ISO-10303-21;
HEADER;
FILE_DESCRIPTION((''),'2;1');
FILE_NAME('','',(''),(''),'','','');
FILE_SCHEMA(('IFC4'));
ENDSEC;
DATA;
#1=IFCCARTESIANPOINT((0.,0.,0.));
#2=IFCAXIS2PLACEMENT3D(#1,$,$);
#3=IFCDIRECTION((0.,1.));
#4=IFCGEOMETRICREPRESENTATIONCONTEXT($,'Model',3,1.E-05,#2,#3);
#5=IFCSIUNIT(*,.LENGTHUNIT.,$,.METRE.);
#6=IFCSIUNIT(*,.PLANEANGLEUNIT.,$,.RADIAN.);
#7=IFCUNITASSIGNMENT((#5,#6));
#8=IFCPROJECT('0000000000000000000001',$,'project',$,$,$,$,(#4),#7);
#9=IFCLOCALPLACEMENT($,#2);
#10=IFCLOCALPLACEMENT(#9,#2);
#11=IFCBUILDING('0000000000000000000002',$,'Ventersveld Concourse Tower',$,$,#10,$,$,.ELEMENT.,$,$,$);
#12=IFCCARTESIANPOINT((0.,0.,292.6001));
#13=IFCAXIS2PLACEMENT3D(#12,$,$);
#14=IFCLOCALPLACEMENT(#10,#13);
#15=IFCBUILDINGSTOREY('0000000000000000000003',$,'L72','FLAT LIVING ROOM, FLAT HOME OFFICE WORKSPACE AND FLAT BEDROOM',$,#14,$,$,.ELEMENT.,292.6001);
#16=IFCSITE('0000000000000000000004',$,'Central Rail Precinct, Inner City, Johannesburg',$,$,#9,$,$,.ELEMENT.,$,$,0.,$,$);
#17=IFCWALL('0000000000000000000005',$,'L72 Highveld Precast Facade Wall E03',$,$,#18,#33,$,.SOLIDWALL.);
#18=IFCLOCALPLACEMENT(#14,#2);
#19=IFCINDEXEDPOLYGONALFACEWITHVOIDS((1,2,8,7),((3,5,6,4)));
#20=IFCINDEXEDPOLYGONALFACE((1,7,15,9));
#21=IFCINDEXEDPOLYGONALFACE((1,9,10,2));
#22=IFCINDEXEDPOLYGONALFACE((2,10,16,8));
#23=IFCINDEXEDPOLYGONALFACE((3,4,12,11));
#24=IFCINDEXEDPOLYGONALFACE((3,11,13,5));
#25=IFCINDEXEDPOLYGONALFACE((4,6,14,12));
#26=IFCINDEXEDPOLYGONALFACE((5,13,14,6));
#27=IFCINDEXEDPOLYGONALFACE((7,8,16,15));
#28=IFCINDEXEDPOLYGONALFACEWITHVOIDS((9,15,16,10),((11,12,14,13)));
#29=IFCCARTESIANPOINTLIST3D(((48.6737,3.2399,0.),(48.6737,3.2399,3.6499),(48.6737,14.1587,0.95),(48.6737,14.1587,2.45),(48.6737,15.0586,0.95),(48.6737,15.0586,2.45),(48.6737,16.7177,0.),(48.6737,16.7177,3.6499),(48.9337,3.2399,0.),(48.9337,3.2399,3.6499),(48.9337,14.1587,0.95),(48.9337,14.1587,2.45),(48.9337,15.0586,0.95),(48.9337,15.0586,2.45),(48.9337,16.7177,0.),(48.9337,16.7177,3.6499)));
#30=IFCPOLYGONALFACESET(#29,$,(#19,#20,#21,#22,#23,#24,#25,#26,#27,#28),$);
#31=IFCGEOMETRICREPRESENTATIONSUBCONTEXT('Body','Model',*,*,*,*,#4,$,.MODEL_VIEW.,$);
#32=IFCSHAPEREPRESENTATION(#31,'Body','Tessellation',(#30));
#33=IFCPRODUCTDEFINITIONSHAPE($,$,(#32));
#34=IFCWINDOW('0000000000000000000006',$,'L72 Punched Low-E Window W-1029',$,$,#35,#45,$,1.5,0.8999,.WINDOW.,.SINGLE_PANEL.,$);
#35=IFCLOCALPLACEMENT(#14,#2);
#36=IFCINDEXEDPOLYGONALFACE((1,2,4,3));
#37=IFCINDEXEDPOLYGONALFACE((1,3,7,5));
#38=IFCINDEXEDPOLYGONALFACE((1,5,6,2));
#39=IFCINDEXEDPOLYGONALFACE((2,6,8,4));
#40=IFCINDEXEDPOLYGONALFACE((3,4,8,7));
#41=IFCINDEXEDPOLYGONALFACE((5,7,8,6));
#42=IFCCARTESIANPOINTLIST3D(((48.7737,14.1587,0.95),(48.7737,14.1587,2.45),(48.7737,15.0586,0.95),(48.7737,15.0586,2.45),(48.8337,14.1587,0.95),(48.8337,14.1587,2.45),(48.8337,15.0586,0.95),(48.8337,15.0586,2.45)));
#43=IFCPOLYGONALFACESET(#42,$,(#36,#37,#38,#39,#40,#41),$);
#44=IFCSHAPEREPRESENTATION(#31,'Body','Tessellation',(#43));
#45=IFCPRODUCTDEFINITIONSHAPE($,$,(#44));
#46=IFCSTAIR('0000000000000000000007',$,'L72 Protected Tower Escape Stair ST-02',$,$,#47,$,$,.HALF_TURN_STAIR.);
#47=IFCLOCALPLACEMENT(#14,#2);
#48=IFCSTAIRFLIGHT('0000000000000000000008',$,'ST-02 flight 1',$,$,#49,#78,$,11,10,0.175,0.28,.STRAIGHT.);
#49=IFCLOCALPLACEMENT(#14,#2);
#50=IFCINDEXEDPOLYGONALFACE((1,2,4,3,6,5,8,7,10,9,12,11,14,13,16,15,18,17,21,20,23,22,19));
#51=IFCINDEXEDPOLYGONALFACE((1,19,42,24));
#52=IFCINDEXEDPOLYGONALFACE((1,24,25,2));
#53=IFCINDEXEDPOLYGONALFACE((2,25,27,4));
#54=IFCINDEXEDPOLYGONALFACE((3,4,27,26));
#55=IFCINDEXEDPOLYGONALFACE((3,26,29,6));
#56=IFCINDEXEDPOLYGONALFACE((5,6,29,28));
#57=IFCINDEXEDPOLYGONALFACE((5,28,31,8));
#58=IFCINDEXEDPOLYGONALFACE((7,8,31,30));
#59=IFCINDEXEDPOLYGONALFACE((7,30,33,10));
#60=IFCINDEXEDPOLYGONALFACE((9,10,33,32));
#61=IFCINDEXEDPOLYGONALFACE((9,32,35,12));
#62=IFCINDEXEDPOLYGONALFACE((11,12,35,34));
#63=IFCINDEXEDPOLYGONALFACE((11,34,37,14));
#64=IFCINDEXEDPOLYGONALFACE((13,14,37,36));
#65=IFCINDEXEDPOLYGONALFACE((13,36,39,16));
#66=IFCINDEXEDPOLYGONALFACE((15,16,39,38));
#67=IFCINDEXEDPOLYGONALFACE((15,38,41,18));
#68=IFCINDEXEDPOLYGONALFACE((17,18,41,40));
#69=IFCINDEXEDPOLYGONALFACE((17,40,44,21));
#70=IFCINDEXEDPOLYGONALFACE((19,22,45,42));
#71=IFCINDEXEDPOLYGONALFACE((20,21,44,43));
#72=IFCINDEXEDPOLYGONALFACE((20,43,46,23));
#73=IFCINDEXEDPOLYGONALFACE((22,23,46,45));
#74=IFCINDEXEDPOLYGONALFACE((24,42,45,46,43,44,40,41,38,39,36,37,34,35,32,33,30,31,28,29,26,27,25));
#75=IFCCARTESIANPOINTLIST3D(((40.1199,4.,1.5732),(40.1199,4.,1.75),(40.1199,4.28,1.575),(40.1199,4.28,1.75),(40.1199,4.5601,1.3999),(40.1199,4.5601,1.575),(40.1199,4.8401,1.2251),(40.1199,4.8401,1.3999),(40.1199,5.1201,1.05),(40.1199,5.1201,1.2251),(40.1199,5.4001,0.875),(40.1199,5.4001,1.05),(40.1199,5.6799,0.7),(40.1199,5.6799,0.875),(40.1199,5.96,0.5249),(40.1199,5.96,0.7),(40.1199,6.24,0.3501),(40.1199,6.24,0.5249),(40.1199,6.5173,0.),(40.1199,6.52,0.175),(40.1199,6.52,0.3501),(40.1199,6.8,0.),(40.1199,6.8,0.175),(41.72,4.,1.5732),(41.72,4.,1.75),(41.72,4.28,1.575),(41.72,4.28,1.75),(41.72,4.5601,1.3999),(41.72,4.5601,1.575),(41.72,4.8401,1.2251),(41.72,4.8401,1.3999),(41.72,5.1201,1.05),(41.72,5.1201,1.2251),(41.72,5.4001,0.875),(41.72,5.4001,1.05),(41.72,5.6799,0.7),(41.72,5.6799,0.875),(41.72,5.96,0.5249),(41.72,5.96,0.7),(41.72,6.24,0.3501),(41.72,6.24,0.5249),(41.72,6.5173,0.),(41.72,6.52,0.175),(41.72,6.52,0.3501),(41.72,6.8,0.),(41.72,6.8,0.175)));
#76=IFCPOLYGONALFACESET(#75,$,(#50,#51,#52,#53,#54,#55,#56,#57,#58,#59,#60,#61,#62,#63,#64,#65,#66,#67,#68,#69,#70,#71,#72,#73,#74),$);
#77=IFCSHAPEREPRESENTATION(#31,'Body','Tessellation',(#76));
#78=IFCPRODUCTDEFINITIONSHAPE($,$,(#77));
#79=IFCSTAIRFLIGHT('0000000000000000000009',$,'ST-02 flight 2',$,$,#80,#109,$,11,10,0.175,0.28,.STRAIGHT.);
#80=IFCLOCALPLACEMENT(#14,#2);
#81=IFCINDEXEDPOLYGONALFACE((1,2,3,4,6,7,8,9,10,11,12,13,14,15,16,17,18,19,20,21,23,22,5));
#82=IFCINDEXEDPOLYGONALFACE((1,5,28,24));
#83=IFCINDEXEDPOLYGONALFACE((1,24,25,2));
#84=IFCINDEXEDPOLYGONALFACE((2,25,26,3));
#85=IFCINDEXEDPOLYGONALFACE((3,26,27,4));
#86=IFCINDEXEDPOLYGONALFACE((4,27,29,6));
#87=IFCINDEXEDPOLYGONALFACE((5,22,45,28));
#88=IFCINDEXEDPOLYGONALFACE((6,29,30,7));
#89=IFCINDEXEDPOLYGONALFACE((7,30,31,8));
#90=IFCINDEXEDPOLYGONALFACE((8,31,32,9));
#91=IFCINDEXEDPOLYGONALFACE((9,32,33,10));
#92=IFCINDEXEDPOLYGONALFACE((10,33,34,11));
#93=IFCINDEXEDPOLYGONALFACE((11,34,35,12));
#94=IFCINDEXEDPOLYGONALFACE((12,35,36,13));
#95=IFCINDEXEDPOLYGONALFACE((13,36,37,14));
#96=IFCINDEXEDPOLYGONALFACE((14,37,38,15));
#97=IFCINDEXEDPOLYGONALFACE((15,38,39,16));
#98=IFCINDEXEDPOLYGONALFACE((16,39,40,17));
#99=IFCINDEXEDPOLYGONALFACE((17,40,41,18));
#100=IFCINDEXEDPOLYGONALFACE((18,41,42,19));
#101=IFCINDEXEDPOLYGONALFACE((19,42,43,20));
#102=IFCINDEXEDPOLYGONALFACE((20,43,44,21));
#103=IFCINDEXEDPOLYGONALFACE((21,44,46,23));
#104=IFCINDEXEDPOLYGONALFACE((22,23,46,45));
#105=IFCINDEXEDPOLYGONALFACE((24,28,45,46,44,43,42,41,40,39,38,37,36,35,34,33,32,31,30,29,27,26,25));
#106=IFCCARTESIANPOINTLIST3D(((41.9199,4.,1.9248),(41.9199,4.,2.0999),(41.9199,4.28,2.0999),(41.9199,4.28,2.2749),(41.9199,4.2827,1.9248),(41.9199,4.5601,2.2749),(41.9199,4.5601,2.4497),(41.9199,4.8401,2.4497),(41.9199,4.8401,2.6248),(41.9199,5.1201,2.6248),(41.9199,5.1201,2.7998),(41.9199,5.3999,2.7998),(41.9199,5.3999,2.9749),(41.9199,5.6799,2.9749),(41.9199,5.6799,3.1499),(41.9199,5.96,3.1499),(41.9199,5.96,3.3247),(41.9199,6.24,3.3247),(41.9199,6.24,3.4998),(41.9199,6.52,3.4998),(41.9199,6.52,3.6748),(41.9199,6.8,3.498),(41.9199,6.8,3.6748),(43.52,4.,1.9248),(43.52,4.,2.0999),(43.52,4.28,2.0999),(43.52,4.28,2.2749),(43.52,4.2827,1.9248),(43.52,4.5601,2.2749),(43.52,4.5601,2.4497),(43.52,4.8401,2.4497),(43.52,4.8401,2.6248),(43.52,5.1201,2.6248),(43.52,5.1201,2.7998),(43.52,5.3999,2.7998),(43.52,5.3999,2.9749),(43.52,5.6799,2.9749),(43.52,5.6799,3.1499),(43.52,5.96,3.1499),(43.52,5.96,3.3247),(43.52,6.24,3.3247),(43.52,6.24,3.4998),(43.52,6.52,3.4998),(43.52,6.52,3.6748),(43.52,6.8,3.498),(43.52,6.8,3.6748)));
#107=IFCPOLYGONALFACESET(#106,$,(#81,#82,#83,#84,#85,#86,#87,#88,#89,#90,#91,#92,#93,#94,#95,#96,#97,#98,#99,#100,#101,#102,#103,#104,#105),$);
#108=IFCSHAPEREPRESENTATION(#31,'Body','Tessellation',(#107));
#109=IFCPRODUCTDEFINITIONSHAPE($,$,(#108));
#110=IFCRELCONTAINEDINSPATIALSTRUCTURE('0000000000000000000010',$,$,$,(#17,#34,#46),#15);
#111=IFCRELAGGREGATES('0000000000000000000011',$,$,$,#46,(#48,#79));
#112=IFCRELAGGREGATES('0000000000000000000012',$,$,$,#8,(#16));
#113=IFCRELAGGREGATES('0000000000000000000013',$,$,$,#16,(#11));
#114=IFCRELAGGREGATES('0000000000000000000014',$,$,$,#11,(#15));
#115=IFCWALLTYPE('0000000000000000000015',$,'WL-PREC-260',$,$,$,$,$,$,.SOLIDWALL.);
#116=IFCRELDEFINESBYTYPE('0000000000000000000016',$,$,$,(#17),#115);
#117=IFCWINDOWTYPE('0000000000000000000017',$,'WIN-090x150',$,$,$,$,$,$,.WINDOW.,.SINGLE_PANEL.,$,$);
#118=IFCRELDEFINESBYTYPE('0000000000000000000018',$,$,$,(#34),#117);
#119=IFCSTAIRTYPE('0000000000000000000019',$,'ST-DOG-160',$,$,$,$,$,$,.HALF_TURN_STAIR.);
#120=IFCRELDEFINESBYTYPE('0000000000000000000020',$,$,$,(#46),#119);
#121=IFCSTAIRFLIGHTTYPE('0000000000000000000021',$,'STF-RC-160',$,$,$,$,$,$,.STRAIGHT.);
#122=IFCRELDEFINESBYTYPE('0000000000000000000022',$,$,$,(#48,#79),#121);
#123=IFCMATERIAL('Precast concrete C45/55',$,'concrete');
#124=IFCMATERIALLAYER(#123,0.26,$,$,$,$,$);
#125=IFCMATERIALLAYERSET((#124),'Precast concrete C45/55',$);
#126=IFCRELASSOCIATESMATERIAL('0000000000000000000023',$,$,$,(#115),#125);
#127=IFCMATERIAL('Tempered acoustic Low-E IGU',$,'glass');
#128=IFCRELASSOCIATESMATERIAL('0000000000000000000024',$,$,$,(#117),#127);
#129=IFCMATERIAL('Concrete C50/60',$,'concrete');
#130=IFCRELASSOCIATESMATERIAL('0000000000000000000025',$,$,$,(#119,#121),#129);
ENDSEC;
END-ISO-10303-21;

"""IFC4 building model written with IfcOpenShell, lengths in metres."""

from ifc_helpers import new_model, si_unit, direction, frame, frame_2d, origin, place, context, subcontext, project, spatial, polyline, rectangle, outline, extrude, material, layer, layer_set, type_object, element, fill, aggregate, save


model = new_model("IFC4")

# Units and contexts
model_context = context("Model", 3, precision=1e-05, world=origin(), true_north=direction((0.0, 1.0)))
body_context = subcontext(model_context, "Body", "Model", "MODEL_VIEW")
ifc_project = project(units=[si_unit("LENGTHUNIT", "METRE"), si_unit("PLANEANGLEUNIT", "RADIAN")], contexts=[model_context])

# Site, building, storey
site_placement = place(None, origin())
site = spatial("IfcSite", under=ifc_project, at=site_placement, Name="Central Rail Precinct, Inner City, Johannesburg", CompositionType="ELEMENT", RefElevation=0.0)
building_placement = place(site_placement, origin())
building = spatial("IfcBuilding", under=site, at=building_placement, Name="Ventersveld Concourse Tower", CompositionType="ELEMENT")
storey_placement = place(building_placement, frame((0.0, 0.0, 292.6001)))
storey = spatial("IfcBuildingStorey", under=building, at=storey_placement, Name="L72", Description="FLAT LIVING ROOM, FLAT HOME OFFICE WORKSPACE AND FLAT BEDROOM", CompositionType="ELEMENT", Elevation=292.6001)

# Shared definitions
ifc_material_1 = material(Name="Concrete C50/60", Category="concrete")

# Shared definitions
ifc_material_2 = material(Name="Precast concrete C45/55", Category="concrete")
ifc_layer_1 = layer(ifc_material_2, 0.26)
ifc_layer_set_1 = layer_set([ifc_layer_1], Name="Precast concrete C45/55")
wall_type_1 = type_object("IfcWallType", Name="WL-PREC-260", PredefinedType="SOLIDWALL", material=ifc_layer_set_1)

# Wall, opening, window
ifc_material_3 = material(Name="Tempered acoustic Low-E IGU", Category="glass")
wall_1_placement = place(storey_placement, frame((48.8037, 3.24, 0.0), z_axis=(0.0, 0.0, 1.0), x_axis=(0.0, 1.0, 0.0)))
wall_1 = element("IfcWall", 1, at=wall_1_placement, inside=storey, type_object=wall_type_1, Name="L72 Highveld Precast Facade Wall E03", PredefinedType="SOLIDWALL", context=body_context, shape_type="SweptSolid", body=[
    extrude(rectangle(XDim=13.4778, YDim=0.26, at=frame_2d((6.7388, 0.0))), origin(), (0.0, 0.0, 1.0), 3.6499),
])
opening_1_placement = place(wall_1_placement, frame((10.9187, 0.0, 0.95)))
opening_1 = element("IfcOpeningElement", 2, at=opening_1_placement, cuts=wall_1, PredefinedType="OPENING", context=body_context, shape_type="SweptSolid", body=[
    extrude(rectangle(XDim=0.8999, YDim=1.5, at=frame_2d((0.45, 0.75))), frame((0.0, 0.1401, 0.0), z_axis=(0.0, -1.0, 0.0), x_axis=(1.0, 0.0, 0.0)), (0.0, 0.0, 1.0), 0.28),
])
window_type_1 = type_object("IfcWindowType", Name="WIN-090x150", PartitioningType="SINGLE_PANEL", PredefinedType="WINDOW", material=ifc_material_3)
window_1_placement = place(opening_1_placement, origin())
window_1 = element("IfcWindow", 3, at=window_1_placement, inside=storey, type_object=window_type_1, Name="L72 Punched Low-E Window W-1029", OverallHeight=1.5, OverallWidth=0.8999, PartitioningType="SINGLE_PANEL", PredefinedType="WINDOW", context=body_context, shape_type="SweptSolid", body=[
    extrude(rectangle(XDim=0.8999, YDim=1.5, at=frame_2d((0.45, 0.75))), frame((0.0, 0.03, 0.0), z_axis=(0.0, -1.0, 0.0), x_axis=(1.0, 0.0, 0.0)), (0.0, 0.0, 1.0), 0.0601),
])
fill(opening_1, window_1)

# Stair, stair flights
stair_type = type_object("IfcStairType", Name="ST-DOG-160", PredefinedType="HALF_TURN_STAIR", material=ifc_material_1)
stair_placement = place(storey_placement, origin())
stair = element("IfcStair", 4, at=stair_placement, inside=storey, type_object=stair_type, Name="L72 Protected Tower Escape Stair ST-02", PredefinedType="HALF_TURN_STAIR")
stair_flight_type = type_object("IfcStairFlightType", Name="STF-RC-160", PredefinedType="STRAIGHT", material=ifc_material_1)
stair_flight_1_placement = place(storey_placement, frame((40.9199, 6.8, 0.0), z_axis=(0.0, 0.0, 1.0), x_axis=(0.0, -1.0, 0.0)))
stair_flight_1 = element("IfcStairFlight", 5, at=stair_flight_1_placement, type_object=stair_flight_type, Name="ST-02 flight 1", NumberOfRisers=11, NumberOfTreads=10, PredefinedType="STRAIGHT", RiserHeight=0.175, TreadLength=0.28, context=body_context, shape_type="SweptSolid", body=[
    extrude(outline(polyline([(0.0, 0.0), (0.0, 0.175), (0.28, 0.175), (0.28, 0.3501), (0.5601, 0.3501), (0.5601, 0.5249), (0.8401, 0.5249), (0.8401, 0.7), (1.1201, 0.7), (1.1201, 0.875), (1.3999, 0.875), (1.3999, 1.05), (1.6799, 1.05), (1.6799, 1.2251), (1.96, 1.2251), (1.96, 1.3999), (2.24, 1.3999), (2.24, 1.575), (2.52, 1.575), (2.52, 1.75), (2.8, 1.75), (2.8, 1.925), (2.8, 1.5732), (0.2827, 0.0), (0.0, 0.0)])), frame((0.0, 0.8, 0.0), z_axis=(0.0, -1.0, 0.0), x_axis=(1.0, 0.0, 0.0)), (0.0, 0.0, 1.0), 1.6001),
])
stair_flight_2_placement = place(storey_placement, frame((42.72, 4.0, 1.9248), z_axis=(0.0, 0.0, 1.0), x_axis=(0.0, 1.0, 0.0)))
stair_flight_2 = element("IfcStairFlight", 6, at=stair_flight_2_placement, type_object=stair_flight_type, Name="ST-02 flight 2", NumberOfRisers=11, NumberOfTreads=10, PredefinedType="STRAIGHT", RiserHeight=0.175, TreadLength=0.28, context=body_context, shape_type="SweptSolid", body=[
    extrude(outline(polyline([(0.0, 0.0), (0.0, 0.175), (0.28, 0.175), (0.28, 0.3501), (0.5601, 0.3501), (0.5601, 0.5249), (0.8401, 0.5249), (0.8401, 0.7), (1.1201, 0.7), (1.1201, 0.875), (1.3999, 0.875), (1.3999, 1.05), (1.6799, 1.05), (1.6799, 1.2251), (1.96, 1.2251), (1.96, 1.3999), (2.24, 1.3999), (2.24, 1.575), (2.52, 1.575), (2.52, 1.75), (2.8, 1.75), (2.8, 1.925), (2.8, 1.5732), (0.2827, 0.0), (0.0, 0.0)])), frame((0.0, 0.8, 0.0), z_axis=(0.0, -1.0, 0.0), x_axis=(1.0, 0.0, 0.0)), (0.0, 0.0, 1.0), 1.6001),
])
aggregate(stair, [stair_flight_1, stair_flight_2])

save(model, "model.ifc")
